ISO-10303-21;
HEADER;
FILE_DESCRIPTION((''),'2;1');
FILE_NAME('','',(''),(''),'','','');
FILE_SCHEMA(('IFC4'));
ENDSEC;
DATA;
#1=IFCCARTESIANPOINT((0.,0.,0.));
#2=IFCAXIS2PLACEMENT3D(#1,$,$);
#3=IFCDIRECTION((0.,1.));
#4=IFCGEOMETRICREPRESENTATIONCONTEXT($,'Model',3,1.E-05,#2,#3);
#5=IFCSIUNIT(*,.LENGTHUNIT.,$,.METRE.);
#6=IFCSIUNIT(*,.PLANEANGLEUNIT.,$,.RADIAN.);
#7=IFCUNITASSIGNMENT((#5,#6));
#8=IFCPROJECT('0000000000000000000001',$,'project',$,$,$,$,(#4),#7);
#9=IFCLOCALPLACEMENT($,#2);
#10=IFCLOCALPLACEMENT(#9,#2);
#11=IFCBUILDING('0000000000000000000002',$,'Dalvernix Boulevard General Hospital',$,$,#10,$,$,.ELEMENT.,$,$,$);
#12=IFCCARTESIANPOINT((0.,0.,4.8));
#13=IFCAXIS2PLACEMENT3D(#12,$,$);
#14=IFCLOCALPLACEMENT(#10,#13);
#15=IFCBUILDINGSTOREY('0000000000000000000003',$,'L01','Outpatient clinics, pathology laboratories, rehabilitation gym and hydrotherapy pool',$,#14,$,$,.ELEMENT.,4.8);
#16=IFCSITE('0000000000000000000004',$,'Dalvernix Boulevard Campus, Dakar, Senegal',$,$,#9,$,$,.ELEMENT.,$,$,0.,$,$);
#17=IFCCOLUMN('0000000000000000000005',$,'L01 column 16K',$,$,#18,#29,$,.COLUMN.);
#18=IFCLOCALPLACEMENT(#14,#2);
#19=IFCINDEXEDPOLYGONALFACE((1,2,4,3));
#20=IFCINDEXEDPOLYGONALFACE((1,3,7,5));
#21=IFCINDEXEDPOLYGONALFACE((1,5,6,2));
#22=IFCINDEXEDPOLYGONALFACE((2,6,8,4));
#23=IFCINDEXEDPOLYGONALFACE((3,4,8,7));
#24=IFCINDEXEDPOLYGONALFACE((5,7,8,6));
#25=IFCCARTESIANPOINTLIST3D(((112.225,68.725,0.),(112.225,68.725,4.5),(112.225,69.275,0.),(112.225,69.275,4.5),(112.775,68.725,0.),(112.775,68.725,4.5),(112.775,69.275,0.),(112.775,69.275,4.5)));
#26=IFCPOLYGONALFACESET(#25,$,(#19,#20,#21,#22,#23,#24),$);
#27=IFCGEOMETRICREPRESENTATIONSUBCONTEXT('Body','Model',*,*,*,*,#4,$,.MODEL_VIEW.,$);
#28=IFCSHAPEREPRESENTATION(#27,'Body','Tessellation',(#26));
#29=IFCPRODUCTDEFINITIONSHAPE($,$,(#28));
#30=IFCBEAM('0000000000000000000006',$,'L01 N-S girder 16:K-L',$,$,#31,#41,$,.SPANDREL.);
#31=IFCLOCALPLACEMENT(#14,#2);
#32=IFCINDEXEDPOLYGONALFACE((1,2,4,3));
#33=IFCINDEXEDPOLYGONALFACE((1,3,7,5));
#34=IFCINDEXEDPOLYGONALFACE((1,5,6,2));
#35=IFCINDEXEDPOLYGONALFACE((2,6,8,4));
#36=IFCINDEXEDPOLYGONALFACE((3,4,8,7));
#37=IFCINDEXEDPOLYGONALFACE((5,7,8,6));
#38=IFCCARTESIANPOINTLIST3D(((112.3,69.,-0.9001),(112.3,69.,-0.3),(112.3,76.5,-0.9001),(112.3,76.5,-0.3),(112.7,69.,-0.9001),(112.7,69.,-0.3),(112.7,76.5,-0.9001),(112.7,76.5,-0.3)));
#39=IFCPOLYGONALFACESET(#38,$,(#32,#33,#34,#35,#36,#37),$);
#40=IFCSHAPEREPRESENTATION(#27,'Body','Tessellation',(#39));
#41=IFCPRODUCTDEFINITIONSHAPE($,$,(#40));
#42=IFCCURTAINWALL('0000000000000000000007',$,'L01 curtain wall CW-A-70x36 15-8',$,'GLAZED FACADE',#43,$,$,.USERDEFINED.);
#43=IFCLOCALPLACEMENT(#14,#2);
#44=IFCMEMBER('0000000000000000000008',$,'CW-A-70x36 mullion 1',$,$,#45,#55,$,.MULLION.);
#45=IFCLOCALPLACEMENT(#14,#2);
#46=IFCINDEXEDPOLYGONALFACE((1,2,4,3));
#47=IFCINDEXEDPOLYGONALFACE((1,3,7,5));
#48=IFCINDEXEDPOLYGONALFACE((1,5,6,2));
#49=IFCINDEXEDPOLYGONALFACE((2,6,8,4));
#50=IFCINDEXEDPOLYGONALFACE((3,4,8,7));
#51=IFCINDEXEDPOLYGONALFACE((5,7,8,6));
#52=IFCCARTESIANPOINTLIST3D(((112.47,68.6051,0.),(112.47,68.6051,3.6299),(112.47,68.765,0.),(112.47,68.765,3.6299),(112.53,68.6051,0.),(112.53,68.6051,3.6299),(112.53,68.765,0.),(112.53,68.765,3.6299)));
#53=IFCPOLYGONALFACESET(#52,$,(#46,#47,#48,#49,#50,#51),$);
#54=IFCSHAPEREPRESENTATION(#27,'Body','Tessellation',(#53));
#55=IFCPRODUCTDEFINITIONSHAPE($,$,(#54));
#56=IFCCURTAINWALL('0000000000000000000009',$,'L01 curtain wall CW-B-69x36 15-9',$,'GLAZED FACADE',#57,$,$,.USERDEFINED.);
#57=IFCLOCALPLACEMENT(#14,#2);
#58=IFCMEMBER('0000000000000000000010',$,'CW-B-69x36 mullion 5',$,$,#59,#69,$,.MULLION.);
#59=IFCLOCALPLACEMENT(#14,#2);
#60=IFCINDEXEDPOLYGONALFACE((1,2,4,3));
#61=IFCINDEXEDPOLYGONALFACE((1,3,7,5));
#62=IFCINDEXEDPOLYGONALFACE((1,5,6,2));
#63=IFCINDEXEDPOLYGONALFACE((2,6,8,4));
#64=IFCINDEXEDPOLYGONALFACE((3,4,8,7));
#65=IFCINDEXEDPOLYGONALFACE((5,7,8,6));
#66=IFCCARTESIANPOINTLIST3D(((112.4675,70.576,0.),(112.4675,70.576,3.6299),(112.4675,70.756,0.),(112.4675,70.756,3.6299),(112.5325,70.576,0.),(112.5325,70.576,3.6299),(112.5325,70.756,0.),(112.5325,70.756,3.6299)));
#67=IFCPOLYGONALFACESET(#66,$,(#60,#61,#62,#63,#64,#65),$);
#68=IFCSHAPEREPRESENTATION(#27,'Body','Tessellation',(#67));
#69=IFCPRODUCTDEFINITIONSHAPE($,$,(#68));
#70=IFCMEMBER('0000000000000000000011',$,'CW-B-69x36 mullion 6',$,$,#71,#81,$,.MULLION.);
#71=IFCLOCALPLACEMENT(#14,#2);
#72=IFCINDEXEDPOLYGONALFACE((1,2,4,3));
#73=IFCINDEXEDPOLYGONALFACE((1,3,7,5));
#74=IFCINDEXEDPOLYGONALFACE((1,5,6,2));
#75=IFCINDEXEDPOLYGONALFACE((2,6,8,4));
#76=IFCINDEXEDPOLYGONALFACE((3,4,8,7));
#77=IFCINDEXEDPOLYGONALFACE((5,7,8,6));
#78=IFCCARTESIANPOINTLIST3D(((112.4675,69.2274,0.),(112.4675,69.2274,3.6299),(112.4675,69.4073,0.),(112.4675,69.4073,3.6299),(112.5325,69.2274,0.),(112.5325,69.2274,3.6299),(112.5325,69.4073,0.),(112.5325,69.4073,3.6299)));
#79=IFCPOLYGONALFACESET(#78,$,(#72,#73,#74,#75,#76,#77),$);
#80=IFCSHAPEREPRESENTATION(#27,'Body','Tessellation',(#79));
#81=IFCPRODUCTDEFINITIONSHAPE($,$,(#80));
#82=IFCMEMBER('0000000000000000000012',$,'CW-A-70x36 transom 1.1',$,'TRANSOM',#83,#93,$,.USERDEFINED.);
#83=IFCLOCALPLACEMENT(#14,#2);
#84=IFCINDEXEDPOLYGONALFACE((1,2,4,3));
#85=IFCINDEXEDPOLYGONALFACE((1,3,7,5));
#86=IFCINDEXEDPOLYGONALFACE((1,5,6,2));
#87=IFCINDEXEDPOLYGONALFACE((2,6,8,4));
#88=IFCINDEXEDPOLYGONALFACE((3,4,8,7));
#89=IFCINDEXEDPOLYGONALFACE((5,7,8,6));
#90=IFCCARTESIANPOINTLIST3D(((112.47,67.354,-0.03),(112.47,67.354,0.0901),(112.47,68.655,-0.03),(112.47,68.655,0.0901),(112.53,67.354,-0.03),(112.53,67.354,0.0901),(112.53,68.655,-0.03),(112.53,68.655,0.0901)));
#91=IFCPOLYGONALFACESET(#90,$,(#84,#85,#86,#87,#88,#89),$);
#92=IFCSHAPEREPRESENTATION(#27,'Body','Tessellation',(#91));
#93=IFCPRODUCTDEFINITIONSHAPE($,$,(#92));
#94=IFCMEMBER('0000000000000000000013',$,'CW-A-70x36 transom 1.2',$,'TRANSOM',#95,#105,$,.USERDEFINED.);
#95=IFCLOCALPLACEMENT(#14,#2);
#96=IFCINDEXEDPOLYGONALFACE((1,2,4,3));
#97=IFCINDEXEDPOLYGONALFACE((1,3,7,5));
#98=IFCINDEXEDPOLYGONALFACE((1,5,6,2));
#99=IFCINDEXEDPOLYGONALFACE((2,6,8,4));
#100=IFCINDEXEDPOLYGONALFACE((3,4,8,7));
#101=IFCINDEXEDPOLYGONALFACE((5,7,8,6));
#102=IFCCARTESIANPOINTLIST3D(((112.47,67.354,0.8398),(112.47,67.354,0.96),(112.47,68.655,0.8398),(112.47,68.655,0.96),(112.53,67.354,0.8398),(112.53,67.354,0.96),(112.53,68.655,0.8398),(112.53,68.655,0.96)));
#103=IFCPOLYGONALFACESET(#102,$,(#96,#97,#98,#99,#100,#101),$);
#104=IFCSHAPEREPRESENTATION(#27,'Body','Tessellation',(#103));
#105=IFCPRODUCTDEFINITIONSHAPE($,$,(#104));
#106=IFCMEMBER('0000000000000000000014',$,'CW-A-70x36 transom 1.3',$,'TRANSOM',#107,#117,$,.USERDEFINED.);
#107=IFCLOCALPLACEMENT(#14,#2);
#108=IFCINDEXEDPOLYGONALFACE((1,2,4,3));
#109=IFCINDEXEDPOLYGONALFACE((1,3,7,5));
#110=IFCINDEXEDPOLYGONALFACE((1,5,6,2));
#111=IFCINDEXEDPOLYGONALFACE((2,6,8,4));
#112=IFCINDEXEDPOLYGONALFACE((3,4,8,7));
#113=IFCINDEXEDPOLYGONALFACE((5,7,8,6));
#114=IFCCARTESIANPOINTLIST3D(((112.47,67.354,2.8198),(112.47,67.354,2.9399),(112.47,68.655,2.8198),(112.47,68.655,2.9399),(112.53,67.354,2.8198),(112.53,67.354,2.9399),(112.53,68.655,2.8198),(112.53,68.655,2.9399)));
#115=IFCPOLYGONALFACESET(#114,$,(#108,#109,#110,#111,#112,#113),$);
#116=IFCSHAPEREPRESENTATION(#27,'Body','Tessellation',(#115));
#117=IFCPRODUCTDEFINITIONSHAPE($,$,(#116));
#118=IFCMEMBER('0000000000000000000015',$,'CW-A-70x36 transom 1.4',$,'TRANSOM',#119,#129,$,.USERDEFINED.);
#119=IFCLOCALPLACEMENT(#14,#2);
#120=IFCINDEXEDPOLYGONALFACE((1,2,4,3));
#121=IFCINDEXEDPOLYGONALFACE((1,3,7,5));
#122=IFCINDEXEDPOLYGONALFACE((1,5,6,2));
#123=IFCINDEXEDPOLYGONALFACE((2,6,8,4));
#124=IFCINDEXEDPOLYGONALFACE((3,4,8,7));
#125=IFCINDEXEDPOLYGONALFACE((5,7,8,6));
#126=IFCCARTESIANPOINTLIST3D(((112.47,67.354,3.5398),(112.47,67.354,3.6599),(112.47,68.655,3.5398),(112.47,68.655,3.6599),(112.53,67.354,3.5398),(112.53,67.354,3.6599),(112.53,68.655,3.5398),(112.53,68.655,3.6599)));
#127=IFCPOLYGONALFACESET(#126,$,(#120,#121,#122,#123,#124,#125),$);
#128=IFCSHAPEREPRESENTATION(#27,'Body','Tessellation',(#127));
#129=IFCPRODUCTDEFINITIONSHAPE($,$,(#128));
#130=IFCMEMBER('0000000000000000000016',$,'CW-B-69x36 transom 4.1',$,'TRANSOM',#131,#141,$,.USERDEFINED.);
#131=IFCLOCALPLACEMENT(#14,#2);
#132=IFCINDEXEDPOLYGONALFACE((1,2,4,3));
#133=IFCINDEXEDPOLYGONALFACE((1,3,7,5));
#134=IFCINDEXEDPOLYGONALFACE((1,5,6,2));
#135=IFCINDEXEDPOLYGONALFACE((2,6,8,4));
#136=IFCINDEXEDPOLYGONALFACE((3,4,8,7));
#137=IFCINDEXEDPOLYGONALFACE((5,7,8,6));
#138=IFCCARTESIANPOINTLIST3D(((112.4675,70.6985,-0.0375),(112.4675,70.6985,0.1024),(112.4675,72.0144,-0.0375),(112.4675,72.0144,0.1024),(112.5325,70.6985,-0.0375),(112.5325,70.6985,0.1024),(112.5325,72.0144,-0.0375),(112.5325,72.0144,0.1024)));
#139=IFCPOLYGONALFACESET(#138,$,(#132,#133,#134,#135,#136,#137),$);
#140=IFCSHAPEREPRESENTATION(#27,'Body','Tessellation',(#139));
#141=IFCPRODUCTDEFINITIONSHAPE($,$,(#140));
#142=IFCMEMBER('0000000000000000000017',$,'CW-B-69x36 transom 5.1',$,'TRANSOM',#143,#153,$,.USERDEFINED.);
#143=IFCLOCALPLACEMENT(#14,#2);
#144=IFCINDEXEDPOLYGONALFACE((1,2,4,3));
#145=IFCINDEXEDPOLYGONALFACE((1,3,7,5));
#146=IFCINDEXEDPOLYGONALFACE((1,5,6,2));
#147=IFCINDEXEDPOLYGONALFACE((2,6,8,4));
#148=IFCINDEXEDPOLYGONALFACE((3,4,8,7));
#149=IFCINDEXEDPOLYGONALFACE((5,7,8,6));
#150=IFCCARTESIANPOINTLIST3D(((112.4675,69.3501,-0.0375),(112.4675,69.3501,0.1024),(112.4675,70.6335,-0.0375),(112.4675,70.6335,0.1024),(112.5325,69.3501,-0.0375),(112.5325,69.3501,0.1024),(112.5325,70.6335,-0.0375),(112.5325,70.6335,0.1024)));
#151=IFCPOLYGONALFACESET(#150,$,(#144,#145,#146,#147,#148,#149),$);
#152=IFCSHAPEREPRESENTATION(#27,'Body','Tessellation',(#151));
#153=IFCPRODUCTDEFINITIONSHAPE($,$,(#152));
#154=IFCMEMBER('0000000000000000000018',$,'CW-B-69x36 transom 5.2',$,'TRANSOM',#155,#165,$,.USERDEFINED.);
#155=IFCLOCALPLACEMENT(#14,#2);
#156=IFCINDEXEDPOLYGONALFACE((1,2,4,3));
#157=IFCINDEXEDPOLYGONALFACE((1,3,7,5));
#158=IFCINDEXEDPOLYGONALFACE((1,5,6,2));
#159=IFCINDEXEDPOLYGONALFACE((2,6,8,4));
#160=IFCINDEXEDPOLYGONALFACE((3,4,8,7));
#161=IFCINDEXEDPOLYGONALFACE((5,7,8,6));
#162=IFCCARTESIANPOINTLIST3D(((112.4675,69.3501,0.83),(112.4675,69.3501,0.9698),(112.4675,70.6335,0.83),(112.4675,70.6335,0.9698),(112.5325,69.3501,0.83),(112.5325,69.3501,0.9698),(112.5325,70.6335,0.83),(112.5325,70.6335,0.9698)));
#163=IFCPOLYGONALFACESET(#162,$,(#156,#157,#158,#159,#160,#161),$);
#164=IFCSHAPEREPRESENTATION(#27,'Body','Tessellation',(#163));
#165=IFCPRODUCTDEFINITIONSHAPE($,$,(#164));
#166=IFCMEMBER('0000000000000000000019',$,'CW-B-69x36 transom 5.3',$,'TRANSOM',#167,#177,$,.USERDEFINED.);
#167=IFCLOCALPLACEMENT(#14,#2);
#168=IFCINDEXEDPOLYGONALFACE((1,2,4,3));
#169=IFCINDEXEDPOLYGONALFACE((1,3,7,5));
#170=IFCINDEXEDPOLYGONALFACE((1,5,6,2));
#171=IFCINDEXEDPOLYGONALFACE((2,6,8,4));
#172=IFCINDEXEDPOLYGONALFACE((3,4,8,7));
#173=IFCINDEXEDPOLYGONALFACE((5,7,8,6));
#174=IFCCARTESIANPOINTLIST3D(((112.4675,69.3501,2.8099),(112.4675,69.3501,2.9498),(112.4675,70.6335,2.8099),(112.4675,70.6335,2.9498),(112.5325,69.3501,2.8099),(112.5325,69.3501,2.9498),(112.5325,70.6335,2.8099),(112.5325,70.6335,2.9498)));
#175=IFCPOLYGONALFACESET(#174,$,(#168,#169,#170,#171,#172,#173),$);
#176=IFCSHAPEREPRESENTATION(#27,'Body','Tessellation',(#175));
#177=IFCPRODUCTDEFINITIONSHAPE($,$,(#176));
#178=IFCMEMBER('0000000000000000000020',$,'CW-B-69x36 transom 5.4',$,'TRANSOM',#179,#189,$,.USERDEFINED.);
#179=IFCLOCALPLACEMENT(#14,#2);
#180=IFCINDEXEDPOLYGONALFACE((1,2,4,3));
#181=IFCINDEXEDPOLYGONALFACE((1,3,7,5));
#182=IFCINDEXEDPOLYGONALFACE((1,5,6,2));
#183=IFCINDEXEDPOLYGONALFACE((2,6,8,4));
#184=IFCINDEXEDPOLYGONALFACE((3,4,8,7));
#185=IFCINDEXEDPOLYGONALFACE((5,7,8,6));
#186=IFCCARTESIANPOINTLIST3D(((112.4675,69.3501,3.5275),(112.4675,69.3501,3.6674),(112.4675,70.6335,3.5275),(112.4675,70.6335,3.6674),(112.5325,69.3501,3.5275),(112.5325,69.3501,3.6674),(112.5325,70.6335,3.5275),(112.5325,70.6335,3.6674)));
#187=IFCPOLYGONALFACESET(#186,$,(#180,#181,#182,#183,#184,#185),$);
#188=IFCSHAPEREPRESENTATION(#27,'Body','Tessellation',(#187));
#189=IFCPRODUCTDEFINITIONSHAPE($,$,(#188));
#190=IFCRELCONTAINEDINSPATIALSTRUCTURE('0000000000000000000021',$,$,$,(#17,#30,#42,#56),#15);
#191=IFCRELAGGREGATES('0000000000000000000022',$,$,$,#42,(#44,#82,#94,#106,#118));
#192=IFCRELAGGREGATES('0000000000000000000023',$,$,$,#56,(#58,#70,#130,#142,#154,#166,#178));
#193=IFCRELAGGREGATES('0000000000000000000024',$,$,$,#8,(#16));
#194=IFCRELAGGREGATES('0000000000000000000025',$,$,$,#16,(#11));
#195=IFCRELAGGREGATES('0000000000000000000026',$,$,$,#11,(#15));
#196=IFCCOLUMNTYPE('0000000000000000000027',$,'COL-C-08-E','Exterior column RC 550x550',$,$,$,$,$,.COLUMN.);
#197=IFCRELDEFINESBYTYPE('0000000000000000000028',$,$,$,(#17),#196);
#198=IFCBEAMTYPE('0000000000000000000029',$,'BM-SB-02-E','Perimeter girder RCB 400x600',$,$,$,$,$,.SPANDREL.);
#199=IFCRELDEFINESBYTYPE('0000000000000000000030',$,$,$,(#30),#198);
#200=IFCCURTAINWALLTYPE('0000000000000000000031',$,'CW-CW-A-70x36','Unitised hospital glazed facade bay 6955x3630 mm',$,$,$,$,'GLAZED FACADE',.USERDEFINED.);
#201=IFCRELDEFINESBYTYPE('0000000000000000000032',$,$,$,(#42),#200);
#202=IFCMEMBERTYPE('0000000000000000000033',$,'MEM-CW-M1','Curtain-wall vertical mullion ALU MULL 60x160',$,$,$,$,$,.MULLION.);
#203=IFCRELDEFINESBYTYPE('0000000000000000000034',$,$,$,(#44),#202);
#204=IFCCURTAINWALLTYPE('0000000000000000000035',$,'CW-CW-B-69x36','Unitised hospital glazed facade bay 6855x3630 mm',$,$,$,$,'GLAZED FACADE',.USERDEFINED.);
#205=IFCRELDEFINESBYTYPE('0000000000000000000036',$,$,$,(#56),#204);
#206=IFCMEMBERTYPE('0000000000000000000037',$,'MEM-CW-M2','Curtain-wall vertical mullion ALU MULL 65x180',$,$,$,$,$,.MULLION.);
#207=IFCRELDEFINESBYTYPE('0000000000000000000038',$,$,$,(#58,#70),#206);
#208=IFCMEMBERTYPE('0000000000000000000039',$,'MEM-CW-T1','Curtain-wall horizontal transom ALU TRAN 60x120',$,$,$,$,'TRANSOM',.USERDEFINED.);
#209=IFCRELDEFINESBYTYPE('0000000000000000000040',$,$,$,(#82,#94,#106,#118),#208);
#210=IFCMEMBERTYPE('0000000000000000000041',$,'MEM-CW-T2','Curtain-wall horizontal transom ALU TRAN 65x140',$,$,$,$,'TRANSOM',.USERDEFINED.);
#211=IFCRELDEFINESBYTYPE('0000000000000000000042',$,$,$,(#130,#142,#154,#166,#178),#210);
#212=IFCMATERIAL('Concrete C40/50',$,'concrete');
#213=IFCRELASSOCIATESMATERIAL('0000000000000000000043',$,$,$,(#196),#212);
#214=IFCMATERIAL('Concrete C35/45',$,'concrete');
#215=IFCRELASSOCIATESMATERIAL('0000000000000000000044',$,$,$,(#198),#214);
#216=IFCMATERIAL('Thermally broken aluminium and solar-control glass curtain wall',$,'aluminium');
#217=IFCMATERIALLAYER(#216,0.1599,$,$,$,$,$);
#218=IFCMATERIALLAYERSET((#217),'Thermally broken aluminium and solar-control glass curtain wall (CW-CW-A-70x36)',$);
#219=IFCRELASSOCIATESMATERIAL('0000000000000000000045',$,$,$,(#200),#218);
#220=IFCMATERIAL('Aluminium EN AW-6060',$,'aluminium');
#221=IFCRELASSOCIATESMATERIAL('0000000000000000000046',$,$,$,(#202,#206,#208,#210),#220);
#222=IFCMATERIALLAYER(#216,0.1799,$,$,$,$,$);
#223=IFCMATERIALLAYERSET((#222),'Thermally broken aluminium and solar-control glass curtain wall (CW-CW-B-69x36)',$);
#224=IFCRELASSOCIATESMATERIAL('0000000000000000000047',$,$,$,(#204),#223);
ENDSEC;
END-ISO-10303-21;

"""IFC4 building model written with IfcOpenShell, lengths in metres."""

from ifc_helpers import new_model, si_unit, direction, frame, origin, origin_2d, place, context, subcontext, project, spatial, rectangle, extrude, material, layer, layer_set, material_profile, profile_set, type_object, element, aggregate, save


model = new_model("IFC4")

# Units and contexts
model_context = context("Model", 3, precision=1e-05, world=origin(), true_north=direction((0.0, 1.0)))
body_context = subcontext(model_context, "Body", "Model", "MODEL_VIEW")
ifc_project = project(units=[si_unit("LENGTHUNIT", "METRE"), si_unit("PLANEANGLEUNIT", "RADIAN")], contexts=[model_context])

# Site, building, storey
site_placement = place(None, origin())
site = spatial("IfcSite", under=ifc_project, at=site_placement, Name="Dalvernix Boulevard Campus, Dakar, Senegal", CompositionType="ELEMENT", RefElevation=0.0)
building_placement = place(site_placement, origin())
building = spatial("IfcBuilding", under=site, at=building_placement, Name="Dalvernix Boulevard General Hospital", CompositionType="ELEMENT")
storey_placement = place(building_placement, frame((0.0, 0.0, 4.8)))
storey = spatial("IfcBuildingStorey", under=building, at=storey_placement, Name="L01", Description="Outpatient clinics, pathology laboratories, rehabilitation gym and hydrotherapy pool", CompositionType="ELEMENT", Elevation=4.8)

# Column
ifc_material_1 = material(Name="Concrete C40/50", Category="concrete")
ifc_material_profile_1 = material_profile(ifc_material_1, rectangle(XDim=0.55, YDim=0.55, at=origin_2d()), Name="RC 550x550")
ifc_profile_set_1 = profile_set([ifc_material_profile_1], Name="Concrete C40/50")
column_type = type_object("IfcColumnType", Name="COL-C-08-E", Description="Exterior column RC 550x550", PredefinedType="COLUMN", material=ifc_profile_set_1)
column_placement = place(storey_placement, frame((112.5, 69.0, 0.0), z_axis=(0.0, 0.0, 1.0), x_axis=(1.0, 0.0, 0.0)))
element("IfcColumn", 1, at=column_placement, inside=storey, type_object=column_type, Name="L01 column 16K", PredefinedType="COLUMN", context=body_context, shape_type="SweptSolid", body=[
    extrude(rectangle(XDim=0.55, YDim=0.55, at=origin_2d()), origin(), (0.0, 0.0, 1.0), 4.5),
])

# Beam
ifc_material_2 = material(Name="Concrete C35/45", Category="concrete")
ifc_material_profile_2 = material_profile(ifc_material_2, rectangle(XDim=0.3999, YDim=0.6001, at=origin_2d()), Name="RCB 400x600")
ifc_profile_set_2 = profile_set([ifc_material_profile_2], Name="Concrete C35/45")
beam_type = type_object("IfcBeamType", Name="BM-SB-02-E", Description="Perimeter girder RCB 400x600", PredefinedType="SPANDREL", material=ifc_profile_set_2)
beam_placement = place(storey_placement, frame((112.5, 69.0, -0.6001), z_axis=(0.0, 1.0, 0.0), x_axis=(-1.0, 0.0, 0.0)))
element("IfcBeam", 2, at=beam_placement, inside=storey, type_object=beam_type, Name="L01 N-S girder 16:K-L", PredefinedType="SPANDREL", context=body_context, shape_type="SweptSolid", body=[
    extrude(rectangle(XDim=0.3999, YDim=0.6001, at=origin_2d()), origin(), (0.0, 0.0, 1.0), 7.5),
])

# Curtain wall, member
ifc_material_3 = material(Name="Thermally broken aluminium and solar-control glass curtain wall", Category="aluminium")
ifc_layer_1 = layer(ifc_material_3, 0.1599)
ifc_layer_set_1 = layer_set([ifc_layer_1], Name="Thermally broken aluminium and solar-control glass curtain wall (CW-CW-A-70x36)")
curtain_wall_type_1 = type_object("IfcCurtainWallType", Name="CW-CW-A-70x36", Description="Unitised hospital glazed facade bay 6955x3630 mm", ElementType="GLAZED FACADE", PredefinedType="USERDEFINED", material=ifc_layer_set_1)
curtain_wall_1_placement = place(storey_placement, origin())
curtain_wall_1 = element("IfcCurtainWall", 3, at=curtain_wall_1_placement, inside=storey, type_object=curtain_wall_type_1, Name="L01 curtain wall CW-A-70x36 15-8", ObjectType="GLAZED FACADE", PredefinedType="USERDEFINED")
ifc_material_4 = material(Name="Aluminium EN AW-6060", Category="aluminium")
ifc_material_profile_3 = material_profile(ifc_material_4, rectangle(XDim=0.0601, YDim=0.1599, at=origin_2d()), Name="ALU MULL 60x160")
ifc_profile_set_3 = profile_set([ifc_material_profile_3], Name="Aluminium EN AW-6060")
member_type_1 = type_object("IfcMemberType", Name="MEM-CW-M1", Description="Curtain-wall vertical mullion ALU MULL 60x160", PredefinedType="MULLION", material=ifc_profile_set_3)
member_1_placement = place(storey_placement, frame((112.5, 68.6851, 0.0), z_axis=(0.0, 0.0, 1.0), x_axis=(1.0, 0.0, 0.0)))
member_1 = element("IfcMember", 4, at=member_1_placement, type_object=member_type_1, Name="CW-A-70x36 mullion 1", PredefinedType="MULLION", context=body_context, shape_type="SweptSolid", body=[
    extrude(rectangle(XDim=0.0601, YDim=0.1599, at=origin_2d()), origin(), (0.0, 0.0, 1.0), 3.6299),
])

# Curtain wall, members
ifc_layer_2 = layer(ifc_material_3, 0.1799)
ifc_layer_set_2 = layer_set([ifc_layer_2], Name="Thermally broken aluminium and solar-control glass curtain wall (CW-CW-B-69x36)")
curtain_wall_type_2 = type_object("IfcCurtainWallType", Name="CW-CW-B-69x36", Description="Unitised hospital glazed facade bay 6855x3630 mm", ElementType="GLAZED FACADE", PredefinedType="USERDEFINED", material=ifc_layer_set_2)
curtain_wall_2_placement = place(storey_placement, origin())
curtain_wall_2 = element("IfcCurtainWall", 5, at=curtain_wall_2_placement, inside=storey, type_object=curtain_wall_type_2, Name="L01 curtain wall CW-B-69x36 15-9", ObjectType="GLAZED FACADE", PredefinedType="USERDEFINED")
ifc_material_profile_4 = material_profile(ifc_material_4, rectangle(XDim=0.0649, YDim=0.1799, at=origin_2d()), Name="ALU MULL 65x180")
ifc_profile_set_4 = profile_set([ifc_material_profile_4], Name="Aluminium EN AW-6060")
member_type_2 = type_object("IfcMemberType", Name="MEM-CW-M2", Description="Curtain-wall vertical mullion ALU MULL 65x180", PredefinedType="MULLION", material=ifc_profile_set_4)
member_2_placement = place(storey_placement, frame((112.5, 70.666, 0.0), z_axis=(0.0, 0.0, 1.0), x_axis=(1.0, 0.0, 0.0)))
member_2 = element("IfcMember", 6, at=member_2_placement, type_object=member_type_2, Name="CW-B-69x36 mullion 5", PredefinedType="MULLION", context=body_context, shape_type="SweptSolid", body=[
    extrude(rectangle(XDim=0.0649, YDim=0.1799, at=origin_2d()), origin(), (0.0, 0.0, 1.0), 3.6299),
])
member_3_placement = place(storey_placement, frame((112.5, 69.3174, 0.0), z_axis=(0.0, 0.0, 1.0), x_axis=(1.0, 0.0, 0.0)))
member_3 = element("IfcMember", 7, at=member_3_placement, type_object=member_type_2, Name="CW-B-69x36 mullion 6", PredefinedType="MULLION", context=body_context, shape_type="SweptSolid", body=[
    extrude(rectangle(XDim=0.0649, YDim=0.1799, at=origin_2d()), origin(), (0.0, 0.0, 1.0), 3.6299),
])

# Members
ifc_material_profile_5 = material_profile(ifc_material_4, rectangle(XDim=0.0601, YDim=0.1201, at=origin_2d()), Name="ALU TRAN 60x120")
ifc_profile_set_5 = profile_set([ifc_material_profile_5], Name="Aluminium EN AW-6060")
member_type_3 = type_object("IfcMemberType", Name="MEM-CW-T1", Description="Curtain-wall horizontal transom ALU TRAN 60x120", ElementType="TRANSOM", PredefinedType="USERDEFINED", material=ifc_profile_set_5)
member_4_placement = place(storey_placement, frame((112.5, 68.655, 0.03), z_axis=(0.0, -1.0, 0.0), x_axis=(1.0, 0.0, 0.0)))
member_4 = element("IfcMember", 8, at=member_4_placement, type_object=member_type_3, Name="CW-A-70x36 transom 1.1", ObjectType="TRANSOM", PredefinedType="USERDEFINED", context=body_context, shape_type="SweptSolid", body=[
    extrude(rectangle(XDim=0.0601, YDim=0.1201, at=origin_2d()), origin(), (0.0, 0.0, 1.0), 1.301),
])
member_5_placement = place(storey_placement, frame((112.5, 68.655, 0.8999), z_axis=(0.0, -1.0, 0.0), x_axis=(1.0, 0.0, 0.0)))
member_5 = element("IfcMember", 9, at=member_5_placement, type_object=member_type_3, Name="CW-A-70x36 transom 1.2", ObjectType="TRANSOM", PredefinedType="USERDEFINED", context=body_context, shape_type="SweptSolid", body=[
    extrude(rectangle(XDim=0.0601, YDim=0.1201, at=origin_2d()), origin(), (0.0, 0.0, 1.0), 1.301),
])
member_6_placement = place(storey_placement, frame((112.5, 68.655, 2.8799), z_axis=(0.0, -1.0, 0.0), x_axis=(1.0, 0.0, 0.0)))
member_6 = element("IfcMember", 10, at=member_6_placement, type_object=member_type_3, Name="CW-A-70x36 transom 1.3", ObjectType="TRANSOM", PredefinedType="USERDEFINED", context=body_context, shape_type="SweptSolid", body=[
    extrude(rectangle(XDim=0.0601, YDim=0.1201, at=origin_2d()), origin(), (0.0, 0.0, 1.0), 1.301),
])
member_7_placement = place(storey_placement, frame((112.5, 68.655, 3.5999), z_axis=(0.0, -1.0, 0.0), x_axis=(1.0, 0.0, 0.0)))
member_7 = element("IfcMember", 11, at=member_7_placement, type_object=member_type_3, Name="CW-A-70x36 transom 1.4", ObjectType="TRANSOM", PredefinedType="USERDEFINED", context=body_context, shape_type="SweptSolid", body=[
    extrude(rectangle(XDim=0.0601, YDim=0.1201, at=origin_2d()), origin(), (0.0, 0.0, 1.0), 1.301),
])
ifc_material_profile_6 = material_profile(ifc_material_4, rectangle(XDim=0.0649, YDim=0.1399, at=origin_2d()), Name="ALU TRAN 65x140")
ifc_profile_set_6 = profile_set([ifc_material_profile_6], Name="Aluminium EN AW-6060")
member_type_4 = type_object("IfcMemberType", Name="MEM-CW-T2", Description="Curtain-wall horizontal transom ALU TRAN 65x140", ElementType="TRANSOM", PredefinedType="USERDEFINED", material=ifc_profile_set_6)
member_8_placement = place(storey_placement, frame((112.5, 72.0144, 0.0325), z_axis=(0.0, -1.0, 0.0), x_axis=(1.0, 0.0, 0.0)))
member_8 = element("IfcMember", 12, at=member_8_placement, type_object=member_type_4, Name="CW-B-69x36 transom 4.1", ObjectType="TRANSOM", PredefinedType="USERDEFINED", context=body_context, shape_type="SweptSolid", body=[
    extrude(rectangle(XDim=0.0649, YDim=0.1399, at=origin_2d()), origin(), (0.0, 0.0, 1.0), 1.3159),
])
member_9_placement = place(storey_placement, frame((112.5, 70.6335, 0.0325), z_axis=(0.0, -1.0, 0.0), x_axis=(1.0, 0.0, 0.0)))
member_9 = element("IfcMember", 13, at=member_9_placement, type_object=member_type_4, Name="CW-B-69x36 transom 5.1", ObjectType="TRANSOM", PredefinedType="USERDEFINED", context=body_context, shape_type="SweptSolid", body=[
    extrude(rectangle(XDim=0.0649, YDim=0.1399, at=origin_2d()), origin(), (0.0, 0.0, 1.0), 1.2834),
])
member_10_placement = place(storey_placement, frame((112.5, 70.6335, 0.8999), z_axis=(0.0, -1.0, 0.0), x_axis=(1.0, 0.0, 0.0)))
member_10 = element("IfcMember", 14, at=member_10_placement, type_object=member_type_4, Name="CW-B-69x36 transom 5.2", ObjectType="TRANSOM", PredefinedType="USERDEFINED", context=body_context, shape_type="SweptSolid", body=[
    extrude(rectangle(XDim=0.0649, YDim=0.1399, at=origin_2d()), origin(), (0.0, 0.0, 1.0), 1.2834),
])
member_11_placement = place(storey_placement, frame((112.5, 70.6335, 2.8799), z_axis=(0.0, -1.0, 0.0), x_axis=(1.0, 0.0, 0.0)))
member_11 = element("IfcMember", 15, at=member_11_placement, type_object=member_type_4, Name="CW-B-69x36 transom 5.3", ObjectType="TRANSOM", PredefinedType="USERDEFINED", context=body_context, shape_type="SweptSolid", body=[
    extrude(rectangle(XDim=0.0649, YDim=0.1399, at=origin_2d()), origin(), (0.0, 0.0, 1.0), 1.2834),
])
member_12_placement = place(storey_placement, frame((112.5, 70.6335, 3.5974), z_axis=(0.0, -1.0, 0.0), x_axis=(1.0, 0.0, 0.0)))
member_12 = element("IfcMember", 16, at=member_12_placement, type_object=member_type_4, Name="CW-B-69x36 transom 5.4", ObjectType="TRANSOM", PredefinedType="USERDEFINED", context=body_context, shape_type="SweptSolid", body=[
    extrude(rectangle(XDim=0.0649, YDim=0.1399, at=origin_2d()), origin(), (0.0, 0.0, 1.0), 1.2834),
])

aggregate(curtain_wall_1, [member_1, member_4, member_5, member_6, member_7])
aggregate(curtain_wall_2, [member_2, member_3, member_8, member_9, member_10, member_11, member_12])

save(model, "model.ifc")
